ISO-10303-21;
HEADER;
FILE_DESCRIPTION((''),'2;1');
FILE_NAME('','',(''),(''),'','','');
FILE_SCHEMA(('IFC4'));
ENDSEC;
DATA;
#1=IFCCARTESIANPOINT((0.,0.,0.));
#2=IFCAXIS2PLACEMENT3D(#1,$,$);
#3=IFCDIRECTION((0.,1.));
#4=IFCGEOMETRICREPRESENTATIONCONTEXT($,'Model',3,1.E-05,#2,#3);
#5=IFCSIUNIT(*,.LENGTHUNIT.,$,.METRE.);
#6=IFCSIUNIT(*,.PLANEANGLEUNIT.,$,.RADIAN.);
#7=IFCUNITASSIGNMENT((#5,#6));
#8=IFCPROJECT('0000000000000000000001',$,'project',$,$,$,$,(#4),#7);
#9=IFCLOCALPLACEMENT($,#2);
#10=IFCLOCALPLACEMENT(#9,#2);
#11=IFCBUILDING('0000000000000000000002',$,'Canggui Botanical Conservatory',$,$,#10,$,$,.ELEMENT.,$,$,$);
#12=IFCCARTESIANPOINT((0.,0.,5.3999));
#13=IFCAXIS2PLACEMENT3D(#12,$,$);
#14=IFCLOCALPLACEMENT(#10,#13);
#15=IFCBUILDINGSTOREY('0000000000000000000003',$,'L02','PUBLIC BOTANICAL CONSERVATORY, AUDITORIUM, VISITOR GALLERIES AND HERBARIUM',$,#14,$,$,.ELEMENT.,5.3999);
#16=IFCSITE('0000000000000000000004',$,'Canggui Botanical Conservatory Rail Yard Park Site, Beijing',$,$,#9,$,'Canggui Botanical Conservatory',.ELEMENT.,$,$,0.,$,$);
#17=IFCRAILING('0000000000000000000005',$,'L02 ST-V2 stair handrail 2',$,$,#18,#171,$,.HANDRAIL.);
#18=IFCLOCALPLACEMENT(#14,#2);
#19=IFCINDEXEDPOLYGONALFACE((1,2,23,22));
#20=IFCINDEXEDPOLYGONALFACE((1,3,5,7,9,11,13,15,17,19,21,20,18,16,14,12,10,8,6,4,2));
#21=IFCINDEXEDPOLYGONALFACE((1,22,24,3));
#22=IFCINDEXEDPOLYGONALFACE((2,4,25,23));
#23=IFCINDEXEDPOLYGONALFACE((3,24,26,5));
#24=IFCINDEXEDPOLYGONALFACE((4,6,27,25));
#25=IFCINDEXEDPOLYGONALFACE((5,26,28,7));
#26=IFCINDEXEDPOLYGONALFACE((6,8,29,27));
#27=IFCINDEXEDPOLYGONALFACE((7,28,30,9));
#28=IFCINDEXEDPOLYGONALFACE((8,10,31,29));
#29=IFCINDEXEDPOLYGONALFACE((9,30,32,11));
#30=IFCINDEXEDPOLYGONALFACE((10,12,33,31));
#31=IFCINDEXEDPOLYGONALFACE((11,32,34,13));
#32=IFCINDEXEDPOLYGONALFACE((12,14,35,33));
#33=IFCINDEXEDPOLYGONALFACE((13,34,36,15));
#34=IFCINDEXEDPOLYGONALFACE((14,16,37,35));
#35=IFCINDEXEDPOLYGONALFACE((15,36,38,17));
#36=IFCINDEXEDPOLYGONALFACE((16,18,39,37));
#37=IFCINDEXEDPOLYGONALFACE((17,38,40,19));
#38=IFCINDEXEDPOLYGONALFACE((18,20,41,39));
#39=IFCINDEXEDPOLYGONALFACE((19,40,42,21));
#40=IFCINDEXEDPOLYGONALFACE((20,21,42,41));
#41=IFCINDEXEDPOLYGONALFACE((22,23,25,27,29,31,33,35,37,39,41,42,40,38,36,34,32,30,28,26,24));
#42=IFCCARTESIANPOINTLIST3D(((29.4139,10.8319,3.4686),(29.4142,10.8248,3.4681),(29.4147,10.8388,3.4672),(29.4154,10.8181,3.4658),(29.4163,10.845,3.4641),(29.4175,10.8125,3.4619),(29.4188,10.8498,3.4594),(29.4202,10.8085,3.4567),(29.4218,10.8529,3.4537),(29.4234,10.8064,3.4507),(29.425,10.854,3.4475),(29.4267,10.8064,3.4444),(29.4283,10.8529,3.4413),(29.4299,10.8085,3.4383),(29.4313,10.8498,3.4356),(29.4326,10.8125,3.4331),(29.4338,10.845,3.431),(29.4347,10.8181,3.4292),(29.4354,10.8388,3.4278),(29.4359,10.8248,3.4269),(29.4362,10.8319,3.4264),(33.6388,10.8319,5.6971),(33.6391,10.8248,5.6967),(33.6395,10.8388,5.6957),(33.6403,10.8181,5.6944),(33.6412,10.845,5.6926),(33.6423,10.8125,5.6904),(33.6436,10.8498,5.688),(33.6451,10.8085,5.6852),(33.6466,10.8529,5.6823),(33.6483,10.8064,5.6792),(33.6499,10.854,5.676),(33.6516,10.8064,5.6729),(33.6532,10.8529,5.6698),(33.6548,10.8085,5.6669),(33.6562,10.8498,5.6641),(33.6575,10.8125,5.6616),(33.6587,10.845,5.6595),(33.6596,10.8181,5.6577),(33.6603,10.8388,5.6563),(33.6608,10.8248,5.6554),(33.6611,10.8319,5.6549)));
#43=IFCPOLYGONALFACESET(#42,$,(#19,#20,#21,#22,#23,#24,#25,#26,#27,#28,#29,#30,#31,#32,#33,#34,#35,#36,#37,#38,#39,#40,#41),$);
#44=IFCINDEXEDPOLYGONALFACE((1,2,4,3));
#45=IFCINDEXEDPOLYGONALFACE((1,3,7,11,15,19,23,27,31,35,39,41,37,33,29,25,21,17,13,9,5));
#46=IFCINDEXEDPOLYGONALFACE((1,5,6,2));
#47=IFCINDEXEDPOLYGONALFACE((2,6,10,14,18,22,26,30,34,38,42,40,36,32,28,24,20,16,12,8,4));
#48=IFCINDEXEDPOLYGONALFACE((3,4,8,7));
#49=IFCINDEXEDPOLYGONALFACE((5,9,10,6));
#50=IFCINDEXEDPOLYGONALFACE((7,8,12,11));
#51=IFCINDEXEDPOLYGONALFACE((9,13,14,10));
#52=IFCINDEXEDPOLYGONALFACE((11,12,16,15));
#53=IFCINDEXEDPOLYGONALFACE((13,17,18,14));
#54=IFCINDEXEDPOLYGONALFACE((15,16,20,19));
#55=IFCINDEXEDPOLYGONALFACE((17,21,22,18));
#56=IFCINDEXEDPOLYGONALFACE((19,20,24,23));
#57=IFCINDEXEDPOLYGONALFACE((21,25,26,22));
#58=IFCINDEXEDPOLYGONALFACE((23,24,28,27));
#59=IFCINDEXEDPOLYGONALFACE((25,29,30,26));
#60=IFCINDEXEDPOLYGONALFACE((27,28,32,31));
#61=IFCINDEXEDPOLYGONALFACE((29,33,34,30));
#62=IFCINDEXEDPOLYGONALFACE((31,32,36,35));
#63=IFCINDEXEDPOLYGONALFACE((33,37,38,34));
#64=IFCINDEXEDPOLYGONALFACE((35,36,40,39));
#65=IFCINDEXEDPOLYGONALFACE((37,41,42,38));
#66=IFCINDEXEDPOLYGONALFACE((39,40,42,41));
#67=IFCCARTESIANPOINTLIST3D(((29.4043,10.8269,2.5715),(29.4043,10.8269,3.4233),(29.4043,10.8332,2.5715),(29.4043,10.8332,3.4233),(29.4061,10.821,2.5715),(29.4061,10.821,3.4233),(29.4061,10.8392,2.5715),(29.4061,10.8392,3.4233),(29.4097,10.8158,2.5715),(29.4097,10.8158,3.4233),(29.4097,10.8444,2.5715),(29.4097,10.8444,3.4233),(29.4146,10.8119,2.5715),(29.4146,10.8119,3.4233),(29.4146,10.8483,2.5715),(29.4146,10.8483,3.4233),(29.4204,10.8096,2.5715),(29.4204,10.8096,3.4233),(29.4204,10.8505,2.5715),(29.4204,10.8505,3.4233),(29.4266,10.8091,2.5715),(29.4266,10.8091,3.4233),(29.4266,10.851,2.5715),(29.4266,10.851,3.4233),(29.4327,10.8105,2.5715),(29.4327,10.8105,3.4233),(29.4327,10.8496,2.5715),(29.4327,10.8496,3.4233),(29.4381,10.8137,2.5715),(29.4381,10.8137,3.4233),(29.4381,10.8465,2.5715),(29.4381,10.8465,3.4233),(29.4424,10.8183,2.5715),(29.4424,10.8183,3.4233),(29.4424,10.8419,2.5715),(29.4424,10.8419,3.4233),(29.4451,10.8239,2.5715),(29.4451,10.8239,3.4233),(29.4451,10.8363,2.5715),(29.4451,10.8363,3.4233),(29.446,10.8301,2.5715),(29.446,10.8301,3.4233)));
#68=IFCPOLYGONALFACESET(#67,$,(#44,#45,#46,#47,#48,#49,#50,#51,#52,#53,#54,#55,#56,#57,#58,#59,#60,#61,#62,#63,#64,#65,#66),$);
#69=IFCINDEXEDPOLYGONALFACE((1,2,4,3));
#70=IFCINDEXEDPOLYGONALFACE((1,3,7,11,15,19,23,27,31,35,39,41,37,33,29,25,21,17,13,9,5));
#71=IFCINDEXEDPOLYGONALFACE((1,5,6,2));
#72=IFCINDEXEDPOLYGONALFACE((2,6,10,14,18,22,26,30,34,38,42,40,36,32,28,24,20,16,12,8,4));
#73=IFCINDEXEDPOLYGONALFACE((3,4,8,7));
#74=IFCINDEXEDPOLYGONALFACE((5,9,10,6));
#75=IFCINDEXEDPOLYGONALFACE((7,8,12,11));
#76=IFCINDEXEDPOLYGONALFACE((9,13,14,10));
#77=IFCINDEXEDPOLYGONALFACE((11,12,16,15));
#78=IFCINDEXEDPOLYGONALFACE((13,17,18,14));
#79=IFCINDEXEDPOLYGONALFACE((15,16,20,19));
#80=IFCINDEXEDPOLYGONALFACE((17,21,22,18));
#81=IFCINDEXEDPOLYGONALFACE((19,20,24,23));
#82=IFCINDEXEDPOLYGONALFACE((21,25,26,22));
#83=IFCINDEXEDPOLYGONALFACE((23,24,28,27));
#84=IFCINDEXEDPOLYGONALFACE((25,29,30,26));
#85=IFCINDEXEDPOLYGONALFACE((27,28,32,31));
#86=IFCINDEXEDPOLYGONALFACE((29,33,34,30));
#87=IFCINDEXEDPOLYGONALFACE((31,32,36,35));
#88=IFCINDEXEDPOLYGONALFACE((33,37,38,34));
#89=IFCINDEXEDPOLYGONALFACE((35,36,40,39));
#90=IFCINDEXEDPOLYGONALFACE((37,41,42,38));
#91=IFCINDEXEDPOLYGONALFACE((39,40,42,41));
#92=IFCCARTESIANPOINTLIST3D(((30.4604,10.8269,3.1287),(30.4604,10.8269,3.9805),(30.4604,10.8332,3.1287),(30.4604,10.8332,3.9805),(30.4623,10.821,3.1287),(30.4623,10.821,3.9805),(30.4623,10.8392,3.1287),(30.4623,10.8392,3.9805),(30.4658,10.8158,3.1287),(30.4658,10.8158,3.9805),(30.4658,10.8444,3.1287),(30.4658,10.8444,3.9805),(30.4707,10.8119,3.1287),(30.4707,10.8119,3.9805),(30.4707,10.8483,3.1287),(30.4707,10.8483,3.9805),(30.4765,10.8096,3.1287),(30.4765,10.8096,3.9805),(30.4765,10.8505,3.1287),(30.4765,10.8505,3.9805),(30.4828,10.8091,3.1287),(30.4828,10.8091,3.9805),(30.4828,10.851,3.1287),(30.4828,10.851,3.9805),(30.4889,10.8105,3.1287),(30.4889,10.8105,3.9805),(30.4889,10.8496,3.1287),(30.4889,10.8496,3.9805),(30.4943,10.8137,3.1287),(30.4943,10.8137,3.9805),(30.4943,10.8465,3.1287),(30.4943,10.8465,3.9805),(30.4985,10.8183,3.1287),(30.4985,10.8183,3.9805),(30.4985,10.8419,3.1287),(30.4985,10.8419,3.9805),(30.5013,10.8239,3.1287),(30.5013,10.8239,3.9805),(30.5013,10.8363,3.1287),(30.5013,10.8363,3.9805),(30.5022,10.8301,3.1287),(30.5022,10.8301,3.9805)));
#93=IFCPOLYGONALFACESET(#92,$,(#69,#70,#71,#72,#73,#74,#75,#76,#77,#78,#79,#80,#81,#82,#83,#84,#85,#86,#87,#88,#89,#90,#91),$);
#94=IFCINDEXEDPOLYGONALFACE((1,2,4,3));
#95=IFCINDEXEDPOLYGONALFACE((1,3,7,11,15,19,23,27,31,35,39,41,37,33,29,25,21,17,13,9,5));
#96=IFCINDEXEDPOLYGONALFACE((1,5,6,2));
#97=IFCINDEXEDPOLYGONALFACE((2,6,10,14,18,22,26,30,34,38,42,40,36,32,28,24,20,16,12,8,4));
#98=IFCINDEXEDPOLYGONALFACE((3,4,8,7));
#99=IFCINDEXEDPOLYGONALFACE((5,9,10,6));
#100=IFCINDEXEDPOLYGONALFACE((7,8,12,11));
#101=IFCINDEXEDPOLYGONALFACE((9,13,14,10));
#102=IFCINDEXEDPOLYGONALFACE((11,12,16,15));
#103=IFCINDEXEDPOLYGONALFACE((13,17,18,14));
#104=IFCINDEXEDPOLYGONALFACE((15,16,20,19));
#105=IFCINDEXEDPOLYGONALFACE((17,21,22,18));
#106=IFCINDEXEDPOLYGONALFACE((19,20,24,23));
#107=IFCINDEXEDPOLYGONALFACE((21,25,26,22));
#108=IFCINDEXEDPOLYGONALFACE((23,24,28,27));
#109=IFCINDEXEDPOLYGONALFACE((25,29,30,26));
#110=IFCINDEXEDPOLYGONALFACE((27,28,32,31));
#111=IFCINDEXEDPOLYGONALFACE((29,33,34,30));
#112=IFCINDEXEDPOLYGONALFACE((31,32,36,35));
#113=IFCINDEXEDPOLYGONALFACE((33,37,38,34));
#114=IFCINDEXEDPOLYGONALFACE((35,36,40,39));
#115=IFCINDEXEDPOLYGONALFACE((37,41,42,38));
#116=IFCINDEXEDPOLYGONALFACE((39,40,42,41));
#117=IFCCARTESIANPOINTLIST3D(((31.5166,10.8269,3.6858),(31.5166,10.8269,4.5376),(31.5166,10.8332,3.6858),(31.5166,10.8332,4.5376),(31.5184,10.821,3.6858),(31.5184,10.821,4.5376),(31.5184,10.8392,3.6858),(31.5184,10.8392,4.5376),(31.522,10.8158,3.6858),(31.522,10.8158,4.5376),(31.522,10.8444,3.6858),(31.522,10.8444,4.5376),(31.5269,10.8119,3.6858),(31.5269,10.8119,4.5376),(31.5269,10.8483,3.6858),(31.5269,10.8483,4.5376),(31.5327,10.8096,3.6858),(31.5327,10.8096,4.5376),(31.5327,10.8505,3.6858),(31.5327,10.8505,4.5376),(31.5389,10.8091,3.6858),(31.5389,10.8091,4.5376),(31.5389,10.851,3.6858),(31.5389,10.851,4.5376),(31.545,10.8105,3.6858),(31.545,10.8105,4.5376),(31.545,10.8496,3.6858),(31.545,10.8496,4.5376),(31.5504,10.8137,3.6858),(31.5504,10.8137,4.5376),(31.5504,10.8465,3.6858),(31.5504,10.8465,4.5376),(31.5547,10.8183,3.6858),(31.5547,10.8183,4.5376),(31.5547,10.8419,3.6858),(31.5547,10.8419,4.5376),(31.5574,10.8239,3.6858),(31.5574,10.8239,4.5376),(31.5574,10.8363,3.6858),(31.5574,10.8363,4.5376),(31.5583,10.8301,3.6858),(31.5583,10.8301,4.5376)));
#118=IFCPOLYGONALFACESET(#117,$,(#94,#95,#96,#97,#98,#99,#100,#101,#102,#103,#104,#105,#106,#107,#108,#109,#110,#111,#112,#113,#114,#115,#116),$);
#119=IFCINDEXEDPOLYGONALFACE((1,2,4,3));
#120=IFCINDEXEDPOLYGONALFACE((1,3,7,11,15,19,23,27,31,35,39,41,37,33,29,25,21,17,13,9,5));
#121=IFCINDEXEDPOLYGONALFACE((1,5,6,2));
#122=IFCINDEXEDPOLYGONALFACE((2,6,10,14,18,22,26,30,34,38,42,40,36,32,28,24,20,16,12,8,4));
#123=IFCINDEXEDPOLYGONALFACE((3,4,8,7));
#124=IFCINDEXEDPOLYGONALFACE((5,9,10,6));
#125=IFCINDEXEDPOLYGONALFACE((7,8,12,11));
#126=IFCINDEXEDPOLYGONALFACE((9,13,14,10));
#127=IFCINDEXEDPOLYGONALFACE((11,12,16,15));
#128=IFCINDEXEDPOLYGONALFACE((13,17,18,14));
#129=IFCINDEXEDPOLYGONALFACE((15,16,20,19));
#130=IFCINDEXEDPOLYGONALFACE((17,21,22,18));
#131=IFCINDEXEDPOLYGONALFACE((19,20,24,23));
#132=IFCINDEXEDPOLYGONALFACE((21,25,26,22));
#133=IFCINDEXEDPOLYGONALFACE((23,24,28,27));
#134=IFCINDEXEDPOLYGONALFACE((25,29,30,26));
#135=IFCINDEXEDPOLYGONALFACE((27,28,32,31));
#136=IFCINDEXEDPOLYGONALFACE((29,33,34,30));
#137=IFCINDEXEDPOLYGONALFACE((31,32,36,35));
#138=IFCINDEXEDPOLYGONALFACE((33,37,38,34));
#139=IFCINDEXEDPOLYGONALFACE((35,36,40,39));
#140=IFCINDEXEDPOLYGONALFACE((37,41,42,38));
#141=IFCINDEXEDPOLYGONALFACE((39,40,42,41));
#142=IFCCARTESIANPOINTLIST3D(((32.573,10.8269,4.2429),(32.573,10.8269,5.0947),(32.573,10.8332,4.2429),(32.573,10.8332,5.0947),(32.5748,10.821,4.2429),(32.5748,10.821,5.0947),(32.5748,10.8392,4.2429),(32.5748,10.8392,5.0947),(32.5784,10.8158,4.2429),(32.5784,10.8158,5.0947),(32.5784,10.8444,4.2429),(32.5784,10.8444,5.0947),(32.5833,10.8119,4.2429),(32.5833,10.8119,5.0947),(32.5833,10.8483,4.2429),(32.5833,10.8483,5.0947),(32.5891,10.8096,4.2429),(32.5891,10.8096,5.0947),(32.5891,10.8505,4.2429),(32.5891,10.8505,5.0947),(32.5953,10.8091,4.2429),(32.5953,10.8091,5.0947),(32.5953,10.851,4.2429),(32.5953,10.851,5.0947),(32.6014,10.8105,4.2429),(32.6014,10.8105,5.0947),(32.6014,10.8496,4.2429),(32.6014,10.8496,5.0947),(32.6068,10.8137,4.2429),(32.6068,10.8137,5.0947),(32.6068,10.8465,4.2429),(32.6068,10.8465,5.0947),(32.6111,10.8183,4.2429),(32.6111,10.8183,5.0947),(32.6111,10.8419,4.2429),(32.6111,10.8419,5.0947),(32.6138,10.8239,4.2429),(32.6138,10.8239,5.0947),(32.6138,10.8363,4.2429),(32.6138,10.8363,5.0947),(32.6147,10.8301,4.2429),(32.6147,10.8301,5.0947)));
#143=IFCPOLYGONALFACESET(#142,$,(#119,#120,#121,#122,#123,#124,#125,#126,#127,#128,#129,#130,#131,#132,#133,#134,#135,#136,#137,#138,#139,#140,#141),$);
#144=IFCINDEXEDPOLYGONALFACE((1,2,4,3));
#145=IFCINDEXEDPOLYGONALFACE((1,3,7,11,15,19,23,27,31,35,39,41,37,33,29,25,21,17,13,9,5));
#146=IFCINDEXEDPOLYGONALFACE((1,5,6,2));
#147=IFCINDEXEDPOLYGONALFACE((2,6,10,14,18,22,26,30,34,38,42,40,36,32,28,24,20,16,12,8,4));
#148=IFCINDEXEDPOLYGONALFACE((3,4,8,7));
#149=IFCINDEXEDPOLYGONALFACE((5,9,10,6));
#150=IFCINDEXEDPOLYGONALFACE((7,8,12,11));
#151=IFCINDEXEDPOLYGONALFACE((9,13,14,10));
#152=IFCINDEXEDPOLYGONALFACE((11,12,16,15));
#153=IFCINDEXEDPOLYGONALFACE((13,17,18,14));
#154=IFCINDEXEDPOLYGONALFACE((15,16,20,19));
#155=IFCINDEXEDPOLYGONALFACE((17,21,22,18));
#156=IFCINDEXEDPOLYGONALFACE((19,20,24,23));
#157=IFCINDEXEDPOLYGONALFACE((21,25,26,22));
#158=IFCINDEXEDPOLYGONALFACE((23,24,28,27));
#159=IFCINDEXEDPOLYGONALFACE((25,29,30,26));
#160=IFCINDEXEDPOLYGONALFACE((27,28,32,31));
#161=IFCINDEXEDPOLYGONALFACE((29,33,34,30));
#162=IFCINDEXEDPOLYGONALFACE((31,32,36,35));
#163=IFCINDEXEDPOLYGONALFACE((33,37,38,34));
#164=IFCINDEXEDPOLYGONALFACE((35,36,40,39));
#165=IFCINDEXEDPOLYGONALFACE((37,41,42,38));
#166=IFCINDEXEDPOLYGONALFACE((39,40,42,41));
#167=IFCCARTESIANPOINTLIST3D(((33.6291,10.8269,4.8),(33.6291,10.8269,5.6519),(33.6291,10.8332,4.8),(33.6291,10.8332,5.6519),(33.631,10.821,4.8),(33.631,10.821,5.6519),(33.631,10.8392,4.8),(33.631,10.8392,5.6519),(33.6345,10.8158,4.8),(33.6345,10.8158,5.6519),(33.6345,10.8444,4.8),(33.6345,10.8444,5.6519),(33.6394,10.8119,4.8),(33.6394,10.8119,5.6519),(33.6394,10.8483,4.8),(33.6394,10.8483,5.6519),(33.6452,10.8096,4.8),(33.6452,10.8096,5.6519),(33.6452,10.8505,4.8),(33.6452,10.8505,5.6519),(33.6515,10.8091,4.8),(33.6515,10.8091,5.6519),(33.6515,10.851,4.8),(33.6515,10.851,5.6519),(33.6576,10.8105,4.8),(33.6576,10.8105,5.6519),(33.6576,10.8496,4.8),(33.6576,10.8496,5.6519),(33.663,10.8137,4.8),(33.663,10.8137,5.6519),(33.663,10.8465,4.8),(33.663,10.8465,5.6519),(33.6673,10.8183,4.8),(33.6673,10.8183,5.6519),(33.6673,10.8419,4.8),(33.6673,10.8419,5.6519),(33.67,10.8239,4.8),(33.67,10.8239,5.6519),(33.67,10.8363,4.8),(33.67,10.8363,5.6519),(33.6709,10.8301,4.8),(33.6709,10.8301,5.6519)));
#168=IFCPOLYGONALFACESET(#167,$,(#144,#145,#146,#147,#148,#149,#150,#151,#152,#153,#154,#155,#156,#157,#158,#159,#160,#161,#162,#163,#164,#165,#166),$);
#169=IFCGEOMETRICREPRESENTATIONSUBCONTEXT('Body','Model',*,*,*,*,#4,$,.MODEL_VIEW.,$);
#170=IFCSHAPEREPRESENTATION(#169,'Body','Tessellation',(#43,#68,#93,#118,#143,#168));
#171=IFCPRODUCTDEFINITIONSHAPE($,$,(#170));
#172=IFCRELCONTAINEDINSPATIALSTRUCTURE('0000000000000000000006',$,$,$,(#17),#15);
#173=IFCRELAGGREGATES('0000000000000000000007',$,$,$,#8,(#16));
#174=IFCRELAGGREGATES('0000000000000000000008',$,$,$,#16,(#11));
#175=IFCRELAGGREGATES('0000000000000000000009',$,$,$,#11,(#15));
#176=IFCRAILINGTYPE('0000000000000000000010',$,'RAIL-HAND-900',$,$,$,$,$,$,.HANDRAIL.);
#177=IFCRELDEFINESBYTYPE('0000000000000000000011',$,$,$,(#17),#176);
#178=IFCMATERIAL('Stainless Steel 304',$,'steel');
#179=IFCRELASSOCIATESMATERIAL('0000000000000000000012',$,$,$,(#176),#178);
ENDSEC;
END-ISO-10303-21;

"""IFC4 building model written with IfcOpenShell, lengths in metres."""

from ifc_helpers import new_model, si_unit, direction, frame, origin, origin_2d, place, context, subcontext, project, spatial, circle, extrude, material, type_object, element, save


model = new_model("IFC4")

# Units and contexts
model_context = context("Model", 3, precision=1e-05, world=origin(), true_north=direction((0.0, 1.0)))
body_context = subcontext(model_context, "Body", "Model", "MODEL_VIEW")
ifc_project = project(units=[si_unit("LENGTHUNIT", "METRE"), si_unit("PLANEANGLEUNIT", "RADIAN")], contexts=[model_context])

# Site, building, storey
site_placement = place(None, origin())
site = spatial("IfcSite", under=ifc_project, at=site_placement, Name="Canggui Botanical Conservatory Rail Yard Park Site, Beijing", LongName="Canggui Botanical Conservatory", CompositionType="ELEMENT", RefElevation=0.0)
building_placement = place(site_placement, origin())
building = spatial("IfcBuilding", under=site, at=building_placement, Name="Canggui Botanical Conservatory", CompositionType="ELEMENT")
storey_placement = place(building_placement, frame((0.0, 0.0, 5.3999)))
storey = spatial("IfcBuildingStorey", under=building, at=storey_placement, Name="L02", Description="PUBLIC BOTANICAL CONSERVATORY, AUDITORIUM, VISITOR GALLERIES AND HERBARIUM", CompositionType="ELEMENT", Elevation=5.3999)

# Railing
ifc_material_1 = material(Name="Stainless Steel 304", Category="steel")
railing_type_1 = type_object("IfcRailingType", Name="RAIL-HAND-900", PredefinedType="HANDRAIL", material=ifc_material_1)
railing_1_placement = place(storey_placement, frame((29.425, 10.8301, 2.5715)))
element("IfcRailing", 1, at=railing_1_placement, inside=storey, type_object=railing_type_1, Name="L02 ST-V2 stair handrail 2", PredefinedType="HANDRAIL", context=body_context, shape_type="SweptSolid", body=[
    extrude(circle(Radius=0.0239, at=origin_2d()), frame((0.0, 0.0, 0.876), z_axis=(0.884494, 0.0, 0.466551), x_axis=(0.0, 1.0, 0.0)), (0.0, 0.0, 1.0), 4.7766),
    extrude(circle(Radius=0.021, at=origin_2d()), origin(), (0.0, 0.0, 1.0), 0.8518),
    extrude(circle(Radius=0.021, at=origin_2d()), frame((1.0562, 0.0, 0.5571)), (0.0, 0.0, 1.0), 0.8518),
    extrude(circle(Radius=0.021, at=origin_2d()), frame((2.1123, 0.0, 1.1143)), (0.0, 0.0, 1.0), 0.8518),
    extrude(circle(Radius=0.021, at=origin_2d()), frame((3.1687, 0.0, 1.6714)), (0.0, 0.0, 1.0), 0.8518),
    extrude(circle(Radius=0.021, at=origin_2d()), frame((4.2249, 0.0, 2.2285)), (0.0, 0.0, 1.0), 0.8518),
])

save(model, "model.ifc")
